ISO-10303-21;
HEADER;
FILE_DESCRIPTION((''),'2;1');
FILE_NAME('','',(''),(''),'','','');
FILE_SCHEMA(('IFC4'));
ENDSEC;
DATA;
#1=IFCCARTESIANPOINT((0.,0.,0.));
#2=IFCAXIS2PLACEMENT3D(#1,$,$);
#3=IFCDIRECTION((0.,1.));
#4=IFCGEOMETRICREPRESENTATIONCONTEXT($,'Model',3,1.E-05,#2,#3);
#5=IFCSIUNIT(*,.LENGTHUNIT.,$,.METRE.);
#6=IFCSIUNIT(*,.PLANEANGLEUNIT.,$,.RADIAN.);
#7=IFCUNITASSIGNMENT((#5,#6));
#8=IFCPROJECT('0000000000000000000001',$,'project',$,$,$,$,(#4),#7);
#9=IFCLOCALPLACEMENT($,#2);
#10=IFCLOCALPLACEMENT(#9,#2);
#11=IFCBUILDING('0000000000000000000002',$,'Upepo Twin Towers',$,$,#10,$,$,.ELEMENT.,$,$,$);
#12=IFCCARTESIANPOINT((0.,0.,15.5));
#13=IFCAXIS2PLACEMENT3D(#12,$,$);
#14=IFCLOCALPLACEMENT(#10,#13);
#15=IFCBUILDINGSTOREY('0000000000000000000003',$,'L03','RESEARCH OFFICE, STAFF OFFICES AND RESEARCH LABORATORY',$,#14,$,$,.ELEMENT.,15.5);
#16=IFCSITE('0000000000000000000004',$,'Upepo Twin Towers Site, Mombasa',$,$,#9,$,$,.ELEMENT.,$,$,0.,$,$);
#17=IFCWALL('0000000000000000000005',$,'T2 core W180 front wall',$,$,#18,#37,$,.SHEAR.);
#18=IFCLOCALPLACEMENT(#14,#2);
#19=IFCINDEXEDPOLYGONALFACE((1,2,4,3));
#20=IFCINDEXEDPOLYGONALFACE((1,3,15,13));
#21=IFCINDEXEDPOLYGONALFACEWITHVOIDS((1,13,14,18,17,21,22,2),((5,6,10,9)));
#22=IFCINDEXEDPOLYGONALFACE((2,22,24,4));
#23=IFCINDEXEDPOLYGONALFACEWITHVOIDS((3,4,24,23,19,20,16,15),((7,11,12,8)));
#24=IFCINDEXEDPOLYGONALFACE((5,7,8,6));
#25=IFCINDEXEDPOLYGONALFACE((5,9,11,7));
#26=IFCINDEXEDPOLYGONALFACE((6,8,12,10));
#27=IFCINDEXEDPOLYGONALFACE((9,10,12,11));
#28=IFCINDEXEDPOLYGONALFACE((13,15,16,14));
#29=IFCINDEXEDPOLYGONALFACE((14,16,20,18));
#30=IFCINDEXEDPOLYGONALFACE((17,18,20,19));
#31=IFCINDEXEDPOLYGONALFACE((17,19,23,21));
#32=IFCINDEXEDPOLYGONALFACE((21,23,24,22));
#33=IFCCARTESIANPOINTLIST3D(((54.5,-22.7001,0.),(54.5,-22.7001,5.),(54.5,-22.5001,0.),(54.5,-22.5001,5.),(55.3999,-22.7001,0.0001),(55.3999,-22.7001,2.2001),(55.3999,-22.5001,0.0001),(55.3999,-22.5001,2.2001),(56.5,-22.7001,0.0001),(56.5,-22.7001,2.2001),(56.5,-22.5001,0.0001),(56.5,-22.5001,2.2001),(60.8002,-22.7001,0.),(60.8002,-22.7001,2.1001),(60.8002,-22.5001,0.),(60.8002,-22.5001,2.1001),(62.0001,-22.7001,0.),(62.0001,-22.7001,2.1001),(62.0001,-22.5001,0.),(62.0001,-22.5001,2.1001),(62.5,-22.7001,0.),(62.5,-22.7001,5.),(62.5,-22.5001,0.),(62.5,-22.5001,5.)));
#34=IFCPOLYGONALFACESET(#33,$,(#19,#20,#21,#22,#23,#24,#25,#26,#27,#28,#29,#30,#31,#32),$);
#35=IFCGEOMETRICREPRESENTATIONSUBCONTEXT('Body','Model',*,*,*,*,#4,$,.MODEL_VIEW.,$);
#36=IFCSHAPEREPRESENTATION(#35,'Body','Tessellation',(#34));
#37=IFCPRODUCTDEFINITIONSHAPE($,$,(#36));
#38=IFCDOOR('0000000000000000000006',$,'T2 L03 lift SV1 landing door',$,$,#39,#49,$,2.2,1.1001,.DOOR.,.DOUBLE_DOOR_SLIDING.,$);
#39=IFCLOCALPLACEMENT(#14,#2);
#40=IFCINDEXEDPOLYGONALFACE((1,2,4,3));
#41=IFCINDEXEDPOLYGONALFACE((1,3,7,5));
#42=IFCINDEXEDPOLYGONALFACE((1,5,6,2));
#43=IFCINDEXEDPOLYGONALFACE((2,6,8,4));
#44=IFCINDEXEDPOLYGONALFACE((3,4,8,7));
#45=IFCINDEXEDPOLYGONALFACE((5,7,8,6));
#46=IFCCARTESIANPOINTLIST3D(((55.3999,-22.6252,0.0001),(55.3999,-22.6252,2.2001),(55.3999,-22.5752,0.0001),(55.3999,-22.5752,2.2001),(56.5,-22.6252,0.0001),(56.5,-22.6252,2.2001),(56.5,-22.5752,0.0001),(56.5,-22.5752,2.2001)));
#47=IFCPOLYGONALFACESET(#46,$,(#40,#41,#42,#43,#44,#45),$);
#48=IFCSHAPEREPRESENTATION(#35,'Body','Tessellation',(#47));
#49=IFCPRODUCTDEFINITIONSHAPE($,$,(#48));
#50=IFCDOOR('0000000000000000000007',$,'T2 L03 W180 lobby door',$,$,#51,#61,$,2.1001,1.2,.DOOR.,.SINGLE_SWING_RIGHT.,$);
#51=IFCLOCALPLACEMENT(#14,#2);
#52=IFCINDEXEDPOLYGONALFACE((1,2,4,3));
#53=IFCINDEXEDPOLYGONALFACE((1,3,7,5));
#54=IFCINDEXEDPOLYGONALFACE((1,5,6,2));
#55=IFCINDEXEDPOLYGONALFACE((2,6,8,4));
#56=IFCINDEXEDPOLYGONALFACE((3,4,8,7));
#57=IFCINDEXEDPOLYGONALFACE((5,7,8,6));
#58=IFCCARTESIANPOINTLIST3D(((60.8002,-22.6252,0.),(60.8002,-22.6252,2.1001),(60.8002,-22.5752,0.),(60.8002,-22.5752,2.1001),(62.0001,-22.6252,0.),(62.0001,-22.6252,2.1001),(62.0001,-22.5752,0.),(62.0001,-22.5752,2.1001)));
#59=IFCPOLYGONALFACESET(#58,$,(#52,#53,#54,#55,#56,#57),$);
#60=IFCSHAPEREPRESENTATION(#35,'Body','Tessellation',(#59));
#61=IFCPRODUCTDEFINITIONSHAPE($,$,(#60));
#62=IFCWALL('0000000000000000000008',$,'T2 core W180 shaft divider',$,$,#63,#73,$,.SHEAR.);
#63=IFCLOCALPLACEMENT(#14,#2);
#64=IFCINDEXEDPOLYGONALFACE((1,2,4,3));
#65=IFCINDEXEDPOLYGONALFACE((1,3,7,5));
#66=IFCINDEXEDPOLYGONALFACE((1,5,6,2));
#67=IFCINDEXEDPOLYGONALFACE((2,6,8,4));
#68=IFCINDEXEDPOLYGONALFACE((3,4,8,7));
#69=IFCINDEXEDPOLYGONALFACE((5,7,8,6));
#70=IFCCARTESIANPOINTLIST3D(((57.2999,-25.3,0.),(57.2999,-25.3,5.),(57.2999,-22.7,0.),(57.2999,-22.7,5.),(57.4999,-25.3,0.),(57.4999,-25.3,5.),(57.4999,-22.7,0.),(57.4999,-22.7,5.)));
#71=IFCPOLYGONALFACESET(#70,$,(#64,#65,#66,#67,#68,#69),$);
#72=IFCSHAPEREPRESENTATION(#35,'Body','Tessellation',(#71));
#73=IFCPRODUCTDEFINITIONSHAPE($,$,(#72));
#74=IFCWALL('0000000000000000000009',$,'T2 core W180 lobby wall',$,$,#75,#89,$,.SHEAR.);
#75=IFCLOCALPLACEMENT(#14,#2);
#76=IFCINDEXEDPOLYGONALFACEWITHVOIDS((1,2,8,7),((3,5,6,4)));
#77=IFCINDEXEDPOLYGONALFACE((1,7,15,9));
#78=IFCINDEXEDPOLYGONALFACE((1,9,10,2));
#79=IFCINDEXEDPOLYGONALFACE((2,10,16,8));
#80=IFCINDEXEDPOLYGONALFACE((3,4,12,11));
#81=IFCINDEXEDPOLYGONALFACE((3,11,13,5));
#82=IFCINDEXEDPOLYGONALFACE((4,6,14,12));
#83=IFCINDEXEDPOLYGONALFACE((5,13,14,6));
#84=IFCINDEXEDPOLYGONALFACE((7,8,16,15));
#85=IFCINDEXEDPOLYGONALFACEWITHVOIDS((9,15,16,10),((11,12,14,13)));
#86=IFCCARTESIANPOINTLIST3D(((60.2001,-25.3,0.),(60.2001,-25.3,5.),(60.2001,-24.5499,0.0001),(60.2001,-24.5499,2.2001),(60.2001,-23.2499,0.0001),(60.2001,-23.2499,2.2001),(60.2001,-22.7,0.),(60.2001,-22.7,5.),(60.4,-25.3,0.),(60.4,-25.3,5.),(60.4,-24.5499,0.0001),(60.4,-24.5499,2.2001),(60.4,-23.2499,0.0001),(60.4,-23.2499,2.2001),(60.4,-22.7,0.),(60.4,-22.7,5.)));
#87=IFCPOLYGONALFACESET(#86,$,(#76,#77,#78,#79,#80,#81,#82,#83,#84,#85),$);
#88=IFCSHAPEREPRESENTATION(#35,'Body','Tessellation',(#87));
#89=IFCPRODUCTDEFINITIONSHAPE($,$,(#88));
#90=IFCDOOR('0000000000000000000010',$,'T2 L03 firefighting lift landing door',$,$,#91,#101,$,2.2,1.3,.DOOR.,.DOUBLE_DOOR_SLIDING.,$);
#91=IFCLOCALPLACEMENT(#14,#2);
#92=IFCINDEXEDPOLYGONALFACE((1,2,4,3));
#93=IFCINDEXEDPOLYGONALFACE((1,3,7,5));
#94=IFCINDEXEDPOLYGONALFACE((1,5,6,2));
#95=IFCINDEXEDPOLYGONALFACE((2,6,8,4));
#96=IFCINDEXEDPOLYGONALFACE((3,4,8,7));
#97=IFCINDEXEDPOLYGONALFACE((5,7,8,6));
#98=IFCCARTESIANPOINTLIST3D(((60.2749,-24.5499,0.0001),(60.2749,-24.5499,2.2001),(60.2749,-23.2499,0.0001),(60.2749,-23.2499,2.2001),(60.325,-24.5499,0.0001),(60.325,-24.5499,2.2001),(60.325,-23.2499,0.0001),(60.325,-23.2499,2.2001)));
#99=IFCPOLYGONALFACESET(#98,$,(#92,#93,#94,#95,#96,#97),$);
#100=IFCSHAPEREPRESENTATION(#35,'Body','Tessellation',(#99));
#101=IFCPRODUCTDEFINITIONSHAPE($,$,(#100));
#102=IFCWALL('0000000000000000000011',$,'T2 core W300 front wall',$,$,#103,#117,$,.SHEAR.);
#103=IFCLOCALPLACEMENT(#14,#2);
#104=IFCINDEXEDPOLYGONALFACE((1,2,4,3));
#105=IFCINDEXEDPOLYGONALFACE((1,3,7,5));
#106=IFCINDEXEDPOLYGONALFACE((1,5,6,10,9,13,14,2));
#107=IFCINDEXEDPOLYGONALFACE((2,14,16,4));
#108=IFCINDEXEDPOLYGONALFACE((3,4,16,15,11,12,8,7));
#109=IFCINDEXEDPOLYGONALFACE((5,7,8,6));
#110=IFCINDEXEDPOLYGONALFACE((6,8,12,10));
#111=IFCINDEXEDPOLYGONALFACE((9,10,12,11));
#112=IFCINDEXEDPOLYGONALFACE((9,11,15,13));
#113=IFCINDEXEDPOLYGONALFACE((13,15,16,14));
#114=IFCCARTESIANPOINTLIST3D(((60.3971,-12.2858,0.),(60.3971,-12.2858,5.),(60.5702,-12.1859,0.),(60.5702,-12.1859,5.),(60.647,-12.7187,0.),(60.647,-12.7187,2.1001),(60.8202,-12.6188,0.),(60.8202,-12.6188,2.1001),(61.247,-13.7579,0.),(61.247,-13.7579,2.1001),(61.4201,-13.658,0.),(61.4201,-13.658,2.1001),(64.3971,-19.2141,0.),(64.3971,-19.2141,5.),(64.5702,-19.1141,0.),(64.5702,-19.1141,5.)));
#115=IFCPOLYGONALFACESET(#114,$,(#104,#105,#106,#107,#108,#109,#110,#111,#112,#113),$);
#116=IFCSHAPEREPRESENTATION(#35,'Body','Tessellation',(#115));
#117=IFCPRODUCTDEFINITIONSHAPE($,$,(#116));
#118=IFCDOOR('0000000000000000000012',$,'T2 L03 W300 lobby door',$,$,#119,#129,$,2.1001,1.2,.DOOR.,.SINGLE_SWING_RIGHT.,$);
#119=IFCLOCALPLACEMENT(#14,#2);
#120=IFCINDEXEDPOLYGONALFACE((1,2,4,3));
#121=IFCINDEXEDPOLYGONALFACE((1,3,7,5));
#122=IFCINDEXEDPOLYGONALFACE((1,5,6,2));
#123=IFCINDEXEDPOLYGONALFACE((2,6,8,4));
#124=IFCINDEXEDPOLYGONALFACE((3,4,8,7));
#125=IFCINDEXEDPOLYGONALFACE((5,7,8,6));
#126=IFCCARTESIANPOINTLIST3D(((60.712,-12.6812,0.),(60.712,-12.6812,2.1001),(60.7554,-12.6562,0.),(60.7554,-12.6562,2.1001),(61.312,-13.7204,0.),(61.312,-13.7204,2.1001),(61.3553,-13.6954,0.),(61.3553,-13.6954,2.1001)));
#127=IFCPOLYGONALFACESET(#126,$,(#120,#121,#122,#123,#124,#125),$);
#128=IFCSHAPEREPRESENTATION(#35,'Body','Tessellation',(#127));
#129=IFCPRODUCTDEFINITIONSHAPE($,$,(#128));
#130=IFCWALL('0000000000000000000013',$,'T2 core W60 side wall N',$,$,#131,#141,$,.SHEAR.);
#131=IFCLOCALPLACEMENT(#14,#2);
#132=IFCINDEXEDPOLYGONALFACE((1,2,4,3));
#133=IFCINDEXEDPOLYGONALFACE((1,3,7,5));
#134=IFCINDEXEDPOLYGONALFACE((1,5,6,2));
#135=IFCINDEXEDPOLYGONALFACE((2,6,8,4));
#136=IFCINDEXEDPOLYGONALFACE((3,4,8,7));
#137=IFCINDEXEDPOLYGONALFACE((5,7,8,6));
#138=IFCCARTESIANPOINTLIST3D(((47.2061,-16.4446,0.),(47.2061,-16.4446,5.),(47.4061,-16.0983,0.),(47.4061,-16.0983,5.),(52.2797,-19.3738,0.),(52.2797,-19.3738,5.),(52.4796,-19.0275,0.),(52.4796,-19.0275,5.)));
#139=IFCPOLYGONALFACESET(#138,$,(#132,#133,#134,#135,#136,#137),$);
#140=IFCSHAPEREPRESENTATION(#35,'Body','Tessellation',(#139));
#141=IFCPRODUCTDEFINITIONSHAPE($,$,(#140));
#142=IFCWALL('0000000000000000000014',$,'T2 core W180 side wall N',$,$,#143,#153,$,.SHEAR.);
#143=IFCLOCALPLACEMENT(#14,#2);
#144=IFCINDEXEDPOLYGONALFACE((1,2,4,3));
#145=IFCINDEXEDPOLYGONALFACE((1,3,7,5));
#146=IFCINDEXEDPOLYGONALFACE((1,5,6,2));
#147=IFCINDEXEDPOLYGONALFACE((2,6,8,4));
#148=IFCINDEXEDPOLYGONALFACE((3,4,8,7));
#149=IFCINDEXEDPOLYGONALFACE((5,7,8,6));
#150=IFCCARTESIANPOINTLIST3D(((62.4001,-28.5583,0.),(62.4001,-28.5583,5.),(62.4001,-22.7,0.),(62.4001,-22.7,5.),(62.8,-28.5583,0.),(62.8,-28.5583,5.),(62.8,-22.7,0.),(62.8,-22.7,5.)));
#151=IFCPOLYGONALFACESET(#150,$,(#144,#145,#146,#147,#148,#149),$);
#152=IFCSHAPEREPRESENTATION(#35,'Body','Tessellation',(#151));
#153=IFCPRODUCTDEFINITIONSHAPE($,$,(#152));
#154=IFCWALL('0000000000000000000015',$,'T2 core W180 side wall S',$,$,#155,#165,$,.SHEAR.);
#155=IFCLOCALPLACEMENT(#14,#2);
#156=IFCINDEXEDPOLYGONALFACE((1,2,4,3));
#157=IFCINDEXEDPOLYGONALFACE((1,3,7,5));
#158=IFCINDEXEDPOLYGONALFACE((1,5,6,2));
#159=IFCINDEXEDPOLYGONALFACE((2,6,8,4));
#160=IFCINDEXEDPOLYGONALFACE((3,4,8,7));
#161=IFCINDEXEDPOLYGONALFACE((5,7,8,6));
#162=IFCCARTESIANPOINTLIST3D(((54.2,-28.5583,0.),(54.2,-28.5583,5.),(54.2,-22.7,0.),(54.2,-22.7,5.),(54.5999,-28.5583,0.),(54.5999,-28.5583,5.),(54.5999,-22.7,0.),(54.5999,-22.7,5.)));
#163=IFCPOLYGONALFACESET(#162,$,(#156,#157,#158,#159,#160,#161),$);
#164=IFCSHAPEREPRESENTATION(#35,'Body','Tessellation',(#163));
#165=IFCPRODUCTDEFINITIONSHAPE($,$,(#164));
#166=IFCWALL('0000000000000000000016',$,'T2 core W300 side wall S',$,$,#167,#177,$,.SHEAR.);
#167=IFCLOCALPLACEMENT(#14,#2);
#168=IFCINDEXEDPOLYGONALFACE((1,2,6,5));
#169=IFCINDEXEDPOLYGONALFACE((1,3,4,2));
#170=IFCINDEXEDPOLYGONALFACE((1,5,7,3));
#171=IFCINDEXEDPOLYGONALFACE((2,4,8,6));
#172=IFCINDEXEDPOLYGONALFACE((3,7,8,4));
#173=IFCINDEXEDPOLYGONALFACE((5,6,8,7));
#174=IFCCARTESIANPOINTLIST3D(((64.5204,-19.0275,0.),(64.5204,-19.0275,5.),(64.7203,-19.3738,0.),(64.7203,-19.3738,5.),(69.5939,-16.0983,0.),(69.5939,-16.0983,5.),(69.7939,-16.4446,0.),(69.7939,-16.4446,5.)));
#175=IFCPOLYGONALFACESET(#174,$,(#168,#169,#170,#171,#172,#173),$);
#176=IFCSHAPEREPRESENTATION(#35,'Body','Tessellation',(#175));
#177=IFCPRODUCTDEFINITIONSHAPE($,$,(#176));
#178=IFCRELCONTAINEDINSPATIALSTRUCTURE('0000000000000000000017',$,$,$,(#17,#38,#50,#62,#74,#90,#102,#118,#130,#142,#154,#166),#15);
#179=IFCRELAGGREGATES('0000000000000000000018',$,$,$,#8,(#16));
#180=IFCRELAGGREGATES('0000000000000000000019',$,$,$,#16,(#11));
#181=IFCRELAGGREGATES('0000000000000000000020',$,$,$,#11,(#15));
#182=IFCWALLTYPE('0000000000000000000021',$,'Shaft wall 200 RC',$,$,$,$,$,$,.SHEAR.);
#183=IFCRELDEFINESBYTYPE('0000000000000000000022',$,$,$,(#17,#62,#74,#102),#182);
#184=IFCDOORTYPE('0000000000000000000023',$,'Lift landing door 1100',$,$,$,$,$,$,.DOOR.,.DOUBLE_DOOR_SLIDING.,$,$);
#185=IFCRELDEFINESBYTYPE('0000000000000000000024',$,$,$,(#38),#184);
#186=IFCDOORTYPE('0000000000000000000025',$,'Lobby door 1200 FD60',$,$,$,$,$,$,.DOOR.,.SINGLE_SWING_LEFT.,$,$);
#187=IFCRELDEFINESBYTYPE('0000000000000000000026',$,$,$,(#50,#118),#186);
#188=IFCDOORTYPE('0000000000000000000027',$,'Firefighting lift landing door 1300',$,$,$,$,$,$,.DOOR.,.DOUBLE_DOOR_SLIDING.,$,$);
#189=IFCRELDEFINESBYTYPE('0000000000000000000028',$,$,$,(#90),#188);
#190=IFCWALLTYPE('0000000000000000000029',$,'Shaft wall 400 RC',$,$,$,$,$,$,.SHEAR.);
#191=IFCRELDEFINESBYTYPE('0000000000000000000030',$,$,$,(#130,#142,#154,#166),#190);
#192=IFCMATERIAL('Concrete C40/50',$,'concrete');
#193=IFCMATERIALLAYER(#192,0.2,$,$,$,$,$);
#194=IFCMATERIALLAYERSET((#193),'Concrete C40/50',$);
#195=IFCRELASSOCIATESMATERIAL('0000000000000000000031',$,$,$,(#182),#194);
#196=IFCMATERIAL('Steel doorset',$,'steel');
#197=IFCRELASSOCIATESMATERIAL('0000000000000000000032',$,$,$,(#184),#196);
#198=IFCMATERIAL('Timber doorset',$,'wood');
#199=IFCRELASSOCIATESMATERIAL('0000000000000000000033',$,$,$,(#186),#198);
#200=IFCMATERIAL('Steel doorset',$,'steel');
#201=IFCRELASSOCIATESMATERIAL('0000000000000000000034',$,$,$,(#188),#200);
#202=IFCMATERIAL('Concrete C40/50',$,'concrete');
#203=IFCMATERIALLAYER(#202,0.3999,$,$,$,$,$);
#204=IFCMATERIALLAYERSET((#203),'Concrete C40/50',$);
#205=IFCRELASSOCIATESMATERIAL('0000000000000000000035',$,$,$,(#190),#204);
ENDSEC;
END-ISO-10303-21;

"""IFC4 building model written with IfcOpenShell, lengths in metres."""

from ifc_helpers import new_model, si_unit, direction, frame, frame_2d, origin, place, context, subcontext, project, spatial, rectangle, extrude, material, layer, layer_set, type_object, element, fill, save


model = new_model("IFC4")

# Units and contexts
model_context = context("Model", 3, precision=1e-05, world=origin(), true_north=direction((0.0, 1.0)))
body_context = subcontext(model_context, "Body", "Model", "MODEL_VIEW")
ifc_project = project(units=[si_unit("LENGTHUNIT", "METRE"), si_unit("PLANEANGLEUNIT", "RADIAN")], contexts=[model_context])

# Site, building, storey
site_placement = place(None, origin())
site = spatial("IfcSite", under=ifc_project, at=site_placement, Name="Upepo Twin Towers Site, Mombasa", CompositionType="ELEMENT", RefElevation=0.0)
building_placement = place(site_placement, origin())
building = spatial("IfcBuilding", under=site, at=building_placement, Name="Upepo Twin Towers", CompositionType="ELEMENT")
storey_placement = place(building_placement, frame((0.0, 0.0, 15.5)))
storey = spatial("IfcBuildingStorey", under=building, at=storey_placement, Name="L03", Description="RESEARCH OFFICE, STAFF OFFICES AND RESEARCH LABORATORY", CompositionType="ELEMENT", Elevation=15.5)

# Wall, openings, doors
ifc_material_1 = material(Name="Concrete C40/50", Category="concrete")
ifc_layer_1 = layer(ifc_material_1, 0.2)
ifc_layer_set_1 = layer_set([ifc_layer_1], Name="Concrete C40/50")
wall_type_1 = type_object("IfcWallType", Name="Shaft wall 200 RC", PredefinedType="SHEAR", material=ifc_layer_set_1)
wall_1_placement = place(storey_placement, frame((54.5, -22.6001, 0.0), z_axis=(0.0, 0.0, 1.0), x_axis=(1.0, 0.0, 0.0)))
wall_1 = element("IfcWall", 1, at=wall_1_placement, inside=storey, type_object=wall_type_1, Name="T2 core W180 front wall", PredefinedType="SHEAR", context=body_context, shape_type="SweptSolid", body=[
    extrude(rectangle(XDim=8.0, YDim=0.2, at=frame_2d((4.0, 0.0))), origin(), (0.0, 0.0, 1.0), 5.0),
])
opening_1_placement = place(wall_1_placement, frame((6.3, 0.0, 0.0)))
opening_1 = element("IfcOpeningElement", 2, at=opening_1_placement, cuts=wall_1, PredefinedType="OPENING", context=body_context, shape_type="SweptSolid", body=[
    extrude(rectangle(XDim=1.2, YDim=2.1001, at=frame_2d((0.6001, 1.05))), frame((0.0, 0.1099, 0.0), z_axis=(0.0, -1.0, 0.0), x_axis=(1.0, 0.0, 0.0)), (0.0, 0.0, 1.0), 0.22),
])
opening_2_placement = place(wall_1_placement, frame((0.8999, 0.0, 0.0)))
opening_2 = element("IfcOpeningElement", 3, at=opening_2_placement, cuts=wall_1, PredefinedType="OPENING", context=body_context, shape_type="SweptSolid", body=[
    extrude(rectangle(XDim=1.1001, YDim=2.2, at=frame_2d((0.55, 1.1001))), frame((0.0, 0.1099, 0.0), z_axis=(0.0, -1.0, 0.0), x_axis=(1.0, 0.0, 0.0)), (0.0, 0.0, 1.0), 0.22),
])
ifc_material_2 = material(Name="Steel doorset", Category="steel")
door_type_1 = type_object("IfcDoorType", Name="Lift landing door 1100", OperationType="DOUBLE_DOOR_SLIDING", PredefinedType="DOOR", material=ifc_material_2)
door_1_placement = place(opening_2_placement, origin())
door_1 = element("IfcDoor", 4, at=door_1_placement, inside=storey, type_object=door_type_1, Name="T2 L03 lift SV1 landing door", OperationType="DOUBLE_DOOR_SLIDING", OverallHeight=2.2, OverallWidth=1.1001, PredefinedType="DOOR", context=body_context, shape_type="SweptSolid", body=[
    extrude(rectangle(XDim=1.1001, YDim=2.2, at=frame_2d((0.55, 1.1001))), frame((0.0, 0.0249, 0.0), z_axis=(0.0, -1.0, 0.0), x_axis=(1.0, 0.0, 0.0)), (0.0, 0.0, 1.0), 0.05),
])
fill(opening_2, door_1)
ifc_material_3 = material(Name="Timber doorset", Category="wood")
door_type_2 = type_object("IfcDoorType", Name="Lobby door 1200 FD60", OperationType="SINGLE_SWING_LEFT", PredefinedType="DOOR", material=ifc_material_3)
door_2_placement = place(opening_1_placement, origin())
door_2 = element("IfcDoor", 5, at=door_2_placement, inside=storey, type_object=door_type_2, Name="T2 L03 W180 lobby door", OperationType="SINGLE_SWING_RIGHT", OverallHeight=2.1001, OverallWidth=1.2, PredefinedType="DOOR", context=body_context, shape_type="SweptSolid", body=[
    extrude(rectangle(XDim=1.2, YDim=2.1001, at=frame_2d((0.6001, 1.05))), frame((0.0, 0.0249, 0.0), z_axis=(0.0, -1.0, 0.0), x_axis=(1.0, 0.0, 0.0)), (0.0, 0.0, 1.0), 0.05),
])
fill(opening_1, door_2)

# Wall
wall_2_placement = place(storey_placement, frame((57.3999, -22.7, 0.0), z_axis=(0.0, 0.0, 1.0), x_axis=(0.0, -1.0, 0.0)))
element("IfcWall", 6, at=wall_2_placement, inside=storey, type_object=wall_type_1, Name="T2 core W180 shaft divider", PredefinedType="SHEAR", context=body_context, shape_type="SweptSolid", body=[
    extrude(rectangle(XDim=2.6001, YDim=0.2, at=frame_2d((1.3, 0.0))), origin(), (0.0, 0.0, 1.0), 5.0),
])

# Walls, openings, doors
wall_3_placement = place(storey_placement, frame((60.3, -22.7, 0.0), z_axis=(0.0, 0.0, 1.0), x_axis=(0.0, -1.0, 0.0)))
wall_3 = element("IfcWall", 7, at=wall_3_placement, inside=storey, type_object=wall_type_1, Name="T2 core W180 lobby wall", PredefinedType="SHEAR", context=body_context, shape_type="SweptSolid", body=[
    extrude(rectangle(XDim=2.6001, YDim=0.2, at=frame_2d((1.3, 0.0))), origin(), (0.0, 0.0, 1.0), 5.0),
])
opening_3_placement = place(wall_3_placement, frame((0.55, 0.0, 0.0)))
opening_3 = element("IfcOpeningElement", 8, at=opening_3_placement, cuts=wall_3, PredefinedType="OPENING", context=body_context, shape_type="SweptSolid", body=[
    extrude(rectangle(XDim=1.3, YDim=2.2, at=frame_2d((0.6499, 1.1001))), frame((0.0, 0.1099, 0.0), z_axis=(0.0, -1.0, 0.0), x_axis=(1.0, 0.0, 0.0)), (0.0, 0.0, 1.0), 0.22),
])
ifc_material_4 = material(Name="Steel doorset", Category="steel")
door_type_3 = type_object("IfcDoorType", Name="Firefighting lift landing door 1300", OperationType="DOUBLE_DOOR_SLIDING", PredefinedType="DOOR", material=ifc_material_4)
door_3_placement = place(opening_3_placement, origin())
door_3 = element("IfcDoor", 9, at=door_3_placement, inside=storey, type_object=door_type_3, Name="T2 L03 firefighting lift landing door", OperationType="DOUBLE_DOOR_SLIDING", OverallHeight=2.2, OverallWidth=1.3, PredefinedType="DOOR", context=body_context, shape_type="SweptSolid", body=[
    extrude(rectangle(XDim=1.3, YDim=2.2, at=frame_2d((0.6499, 1.1001))), frame((0.0, 0.0249, 0.0), z_axis=(0.0, -1.0, 0.0), x_axis=(1.0, 0.0, 0.0)), (0.0, 0.0, 1.0), 0.05),
])
fill(opening_3, door_3)
wall_4_placement = place(storey_placement, frame((64.4836, -19.1641, 0.0), z_axis=(0.0, 0.0, 1.0), x_axis=(-0.499999, 0.866026, 0.0)))
wall_4 = element("IfcWall", 10, at=wall_4_placement, inside=storey, type_object=wall_type_1, Name="T2 core W300 front wall", PredefinedType="SHEAR", context=body_context, shape_type="SweptSolid", body=[
    extrude(rectangle(XDim=8.0, YDim=0.2, at=frame_2d((4.0, 0.0))), origin(), (0.0, 0.0, 1.0), 5.0),
])
opening_4_placement = place(wall_4_placement, frame((6.3, 0.0, 0.0)))
opening_4 = element("IfcOpeningElement", 11, at=opening_4_placement, cuts=wall_4, PredefinedType="OPENING", context=body_context, shape_type="SweptSolid", body=[
    extrude(rectangle(XDim=1.2, YDim=2.1001, at=frame_2d((0.6001, 1.05))), frame((0.0, 0.1099, 0.0), z_axis=(0.0, -1.0, 0.0), x_axis=(1.0, 0.0, 0.0)), (0.0, 0.0, 1.0), 0.22),
])
door_4_placement = place(opening_4_placement, origin())
door_4 = element("IfcDoor", 12, at=door_4_placement, inside=storey, type_object=door_type_2, Name="T2 L03 W300 lobby door", OperationType="SINGLE_SWING_RIGHT", OverallHeight=2.1001, OverallWidth=1.2, PredefinedType="DOOR", context=body_context, shape_type="SweptSolid", body=[
    extrude(rectangle(XDim=1.2, YDim=2.1001, at=frame_2d((0.6001, 1.05))), frame((0.0, 0.0249, 0.0), z_axis=(0.0, -1.0, 0.0), x_axis=(1.0, 0.0, 0.0)), (0.0, 0.0, 1.0), 0.05),
])
fill(opening_4, door_4)

# Walls
ifc_material_5 = material(Name="Concrete C40/50", Category="concrete")
ifc_layer_2 = layer(ifc_material_5, 0.3999)
ifc_layer_set_2 = layer_set([ifc_layer_2], Name="Concrete C40/50")
wall_type_2 = type_object("IfcWallType", Name="Shaft wall 400 RC", PredefinedType="SHEAR", material=ifc_layer_set_2)
for number, where, z_axis, x_axis, name in (
    (13, (52.3796, -19.2007, 0.0), (0.0, 0.0, 1.0), (-0.866024, 0.500003, 0.0), "T2 core W60 side wall N"),
    (14, (62.6001, -22.7, 0.0), (0.0, 0.0, 1.0), (0.0, -1.0, 0.0), "T2 core W180 side wall N"),
    (15, (54.3999, -22.7, 0.0), (0.0, 0.0, 1.0), (0.0, -1.0, 0.0), "T2 core W180 side wall S"),
    (16, (64.6204, -19.2007, 0.0), (0.0, 0.0, 1.0), (0.866024, 0.500003, 0.0), "T2 core W300 side wall S"),
):
    element("IfcWall", number, at=place(storey_placement, frame(where, z_axis=z_axis, x_axis=x_axis)), inside=storey, type_object=wall_type_2, Name=name, PredefinedType="SHEAR", context=body_context, shape_type="SweptSolid", body=[
        extrude(rectangle(XDim=5.8584, YDim=0.3999, at=frame_2d((2.9292, 0.0))), origin(), (0.0, 0.0, 1.0), 5.0),
    ])

save(model, "model.ifc")
